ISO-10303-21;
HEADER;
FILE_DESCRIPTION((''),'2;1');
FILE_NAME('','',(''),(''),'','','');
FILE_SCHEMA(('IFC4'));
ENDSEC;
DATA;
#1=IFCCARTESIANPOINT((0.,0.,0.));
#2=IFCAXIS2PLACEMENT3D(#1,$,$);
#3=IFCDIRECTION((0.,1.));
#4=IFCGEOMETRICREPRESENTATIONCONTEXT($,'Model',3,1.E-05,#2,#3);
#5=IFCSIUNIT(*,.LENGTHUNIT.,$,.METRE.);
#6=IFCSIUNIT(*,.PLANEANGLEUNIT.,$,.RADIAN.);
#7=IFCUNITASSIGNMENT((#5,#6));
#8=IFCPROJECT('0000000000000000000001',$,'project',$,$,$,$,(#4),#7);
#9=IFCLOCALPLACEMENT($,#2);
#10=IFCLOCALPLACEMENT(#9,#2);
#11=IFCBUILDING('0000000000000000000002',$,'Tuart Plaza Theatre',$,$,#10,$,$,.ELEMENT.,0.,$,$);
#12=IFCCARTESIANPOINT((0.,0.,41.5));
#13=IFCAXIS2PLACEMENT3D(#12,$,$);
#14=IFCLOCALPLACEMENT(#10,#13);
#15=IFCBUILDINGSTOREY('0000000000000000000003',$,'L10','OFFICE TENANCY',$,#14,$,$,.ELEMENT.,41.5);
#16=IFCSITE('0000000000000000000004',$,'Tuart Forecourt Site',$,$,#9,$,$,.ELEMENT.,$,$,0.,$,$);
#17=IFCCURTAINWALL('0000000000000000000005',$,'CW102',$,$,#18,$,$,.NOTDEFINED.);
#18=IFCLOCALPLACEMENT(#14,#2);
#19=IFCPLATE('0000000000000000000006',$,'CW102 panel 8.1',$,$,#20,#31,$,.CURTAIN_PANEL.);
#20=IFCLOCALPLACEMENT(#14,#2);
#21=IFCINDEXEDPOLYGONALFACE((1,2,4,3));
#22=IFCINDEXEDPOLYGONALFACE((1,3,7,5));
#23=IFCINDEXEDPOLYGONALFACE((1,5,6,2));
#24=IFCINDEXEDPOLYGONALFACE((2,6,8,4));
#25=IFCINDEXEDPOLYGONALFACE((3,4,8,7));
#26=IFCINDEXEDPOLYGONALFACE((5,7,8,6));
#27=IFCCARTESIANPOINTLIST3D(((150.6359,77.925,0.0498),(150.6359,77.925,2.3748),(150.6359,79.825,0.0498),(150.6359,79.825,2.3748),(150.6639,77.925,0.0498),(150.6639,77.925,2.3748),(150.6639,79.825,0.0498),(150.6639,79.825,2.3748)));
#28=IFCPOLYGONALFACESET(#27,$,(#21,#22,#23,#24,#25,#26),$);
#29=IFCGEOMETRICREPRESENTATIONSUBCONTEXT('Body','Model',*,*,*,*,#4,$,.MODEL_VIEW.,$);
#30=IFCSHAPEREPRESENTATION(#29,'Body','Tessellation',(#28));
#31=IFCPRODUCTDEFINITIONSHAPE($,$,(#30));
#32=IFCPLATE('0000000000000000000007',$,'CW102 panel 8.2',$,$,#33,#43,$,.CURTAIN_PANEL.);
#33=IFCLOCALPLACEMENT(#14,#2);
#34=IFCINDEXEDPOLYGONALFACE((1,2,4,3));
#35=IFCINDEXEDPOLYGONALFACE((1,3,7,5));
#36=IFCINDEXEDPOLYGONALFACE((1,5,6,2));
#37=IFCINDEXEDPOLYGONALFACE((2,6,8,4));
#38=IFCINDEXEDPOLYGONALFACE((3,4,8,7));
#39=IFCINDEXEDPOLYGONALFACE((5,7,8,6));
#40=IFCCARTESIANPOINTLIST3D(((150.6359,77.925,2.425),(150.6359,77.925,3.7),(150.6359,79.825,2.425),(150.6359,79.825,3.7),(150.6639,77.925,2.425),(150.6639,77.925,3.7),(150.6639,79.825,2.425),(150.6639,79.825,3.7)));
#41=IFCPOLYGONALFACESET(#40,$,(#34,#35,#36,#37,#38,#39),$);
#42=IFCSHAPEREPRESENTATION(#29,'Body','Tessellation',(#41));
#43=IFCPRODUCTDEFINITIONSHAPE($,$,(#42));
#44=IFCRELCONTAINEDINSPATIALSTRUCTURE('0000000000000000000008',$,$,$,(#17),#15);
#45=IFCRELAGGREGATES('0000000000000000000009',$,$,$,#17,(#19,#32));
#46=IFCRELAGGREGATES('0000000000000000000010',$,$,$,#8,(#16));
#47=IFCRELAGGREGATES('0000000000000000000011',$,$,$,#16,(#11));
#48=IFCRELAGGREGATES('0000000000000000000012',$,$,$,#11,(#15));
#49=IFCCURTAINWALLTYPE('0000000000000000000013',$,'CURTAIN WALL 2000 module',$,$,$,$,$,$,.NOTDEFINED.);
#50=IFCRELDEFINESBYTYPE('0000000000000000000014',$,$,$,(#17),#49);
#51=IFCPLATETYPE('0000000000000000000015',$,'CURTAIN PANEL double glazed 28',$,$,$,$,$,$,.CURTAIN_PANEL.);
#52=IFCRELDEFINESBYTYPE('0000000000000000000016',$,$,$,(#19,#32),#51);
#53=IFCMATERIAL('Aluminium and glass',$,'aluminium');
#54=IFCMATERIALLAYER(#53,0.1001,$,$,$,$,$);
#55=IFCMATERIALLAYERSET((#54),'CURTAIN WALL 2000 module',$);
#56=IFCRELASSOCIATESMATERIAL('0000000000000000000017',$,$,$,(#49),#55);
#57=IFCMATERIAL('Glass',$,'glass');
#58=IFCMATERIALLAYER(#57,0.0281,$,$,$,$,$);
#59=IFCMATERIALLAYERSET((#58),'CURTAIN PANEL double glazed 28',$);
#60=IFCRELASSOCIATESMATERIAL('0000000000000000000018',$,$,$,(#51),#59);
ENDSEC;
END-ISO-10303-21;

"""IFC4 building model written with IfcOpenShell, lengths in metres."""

from ifc_helpers import new_model, si_unit, direction, frame, origin, origin_2d, place, context, subcontext, project, spatial, rectangle, extrude, material, layer, layer_set, type_object, element, aggregate, save


model = new_model("IFC4")

# Units and contexts
model_context = context("Model", 3, precision=1e-05, world=origin(), true_north=direction((0.0, 1.0)))
body_context = subcontext(model_context, "Body", "Model", "MODEL_VIEW")
ifc_project = project(units=[si_unit("LENGTHUNIT", "METRE"), si_unit("PLANEANGLEUNIT", "RADIAN")], contexts=[model_context])

# Site, building, storey
site_placement = place(None, origin())
site = spatial("IfcSite", under=ifc_project, at=site_placement, Name="Tuart Forecourt Site", CompositionType="ELEMENT", RefElevation=0.0)
building_placement = place(site_placement, origin())
building = spatial("IfcBuilding", under=site, at=building_placement, Name="Tuart Plaza Theatre", CompositionType="ELEMENT", ElevationOfRefHeight=0.0)
storey_placement = place(building_placement, frame((0.0, 0.0, 41.5)))
storey = spatial("IfcBuildingStorey", under=building, at=storey_placement, Name="L10", Description="OFFICE TENANCY", CompositionType="ELEMENT", Elevation=41.5)

# Curtain wall, plates
ifc_material_1 = material(Name="Aluminium and glass", Category="aluminium")
ifc_layer_1 = layer(ifc_material_1, 0.1001)
ifc_layer_set_1 = layer_set([ifc_layer_1], Name="CURTAIN WALL 2000 module")
curtain_wall_type = type_object("IfcCurtainWallType", Name="CURTAIN WALL 2000 module", PredefinedType="NOTDEFINED", material=ifc_layer_set_1)
curtain_wall_placement = place(storey_placement, origin())
curtain_wall = element("IfcCurtainWall", 1, at=curtain_wall_placement, inside=storey, type_object=curtain_wall_type, Name="CW102", PredefinedType="NOTDEFINED")
ifc_material_2 = material(Name="Glass", Category="glass")
ifc_layer_2 = layer(ifc_material_2, 0.0281)
ifc_layer_set_2 = layer_set([ifc_layer_2], Name="CURTAIN PANEL double glazed 28")
plate_type = type_object("IfcPlateType", Name="CURTAIN PANEL double glazed 28", PredefinedType="CURTAIN_PANEL", material=ifc_layer_set_2)
plate_1_placement = place(storey_placement, frame((150.6499, 78.875, 0.0498), z_axis=(0.0, 0.0, 1.0), x_axis=(0.0, 1.0, 0.0)))
plate_1 = element("IfcPlate", 2, at=plate_1_placement, type_object=plate_type, Name="CW102 panel 8.1", PredefinedType="CURTAIN_PANEL", context=body_context, shape_type="SweptSolid", body=[
    extrude(rectangle(XDim=1.8999, YDim=0.0281, at=origin_2d()), origin(), (0.0, 0.0, 1.0), 2.325),
])
plate_2_placement = place(storey_placement, frame((150.6499, 78.875, 2.425), z_axis=(0.0, 0.0, 1.0), x_axis=(0.0, 1.0, 0.0)))
plate_2 = element("IfcPlate", 3, at=plate_2_placement, type_object=plate_type, Name="CW102 panel 8.2", PredefinedType="CURTAIN_PANEL", context=body_context, shape_type="SweptSolid", body=[
    extrude(rectangle(XDim=1.8999, YDim=0.0281, at=origin_2d()), origin(), (0.0, 0.0, 1.0), 1.2749),
])
aggregate(curtain_wall, [plate_1, plate_2])

save(model, "model.ifc")
